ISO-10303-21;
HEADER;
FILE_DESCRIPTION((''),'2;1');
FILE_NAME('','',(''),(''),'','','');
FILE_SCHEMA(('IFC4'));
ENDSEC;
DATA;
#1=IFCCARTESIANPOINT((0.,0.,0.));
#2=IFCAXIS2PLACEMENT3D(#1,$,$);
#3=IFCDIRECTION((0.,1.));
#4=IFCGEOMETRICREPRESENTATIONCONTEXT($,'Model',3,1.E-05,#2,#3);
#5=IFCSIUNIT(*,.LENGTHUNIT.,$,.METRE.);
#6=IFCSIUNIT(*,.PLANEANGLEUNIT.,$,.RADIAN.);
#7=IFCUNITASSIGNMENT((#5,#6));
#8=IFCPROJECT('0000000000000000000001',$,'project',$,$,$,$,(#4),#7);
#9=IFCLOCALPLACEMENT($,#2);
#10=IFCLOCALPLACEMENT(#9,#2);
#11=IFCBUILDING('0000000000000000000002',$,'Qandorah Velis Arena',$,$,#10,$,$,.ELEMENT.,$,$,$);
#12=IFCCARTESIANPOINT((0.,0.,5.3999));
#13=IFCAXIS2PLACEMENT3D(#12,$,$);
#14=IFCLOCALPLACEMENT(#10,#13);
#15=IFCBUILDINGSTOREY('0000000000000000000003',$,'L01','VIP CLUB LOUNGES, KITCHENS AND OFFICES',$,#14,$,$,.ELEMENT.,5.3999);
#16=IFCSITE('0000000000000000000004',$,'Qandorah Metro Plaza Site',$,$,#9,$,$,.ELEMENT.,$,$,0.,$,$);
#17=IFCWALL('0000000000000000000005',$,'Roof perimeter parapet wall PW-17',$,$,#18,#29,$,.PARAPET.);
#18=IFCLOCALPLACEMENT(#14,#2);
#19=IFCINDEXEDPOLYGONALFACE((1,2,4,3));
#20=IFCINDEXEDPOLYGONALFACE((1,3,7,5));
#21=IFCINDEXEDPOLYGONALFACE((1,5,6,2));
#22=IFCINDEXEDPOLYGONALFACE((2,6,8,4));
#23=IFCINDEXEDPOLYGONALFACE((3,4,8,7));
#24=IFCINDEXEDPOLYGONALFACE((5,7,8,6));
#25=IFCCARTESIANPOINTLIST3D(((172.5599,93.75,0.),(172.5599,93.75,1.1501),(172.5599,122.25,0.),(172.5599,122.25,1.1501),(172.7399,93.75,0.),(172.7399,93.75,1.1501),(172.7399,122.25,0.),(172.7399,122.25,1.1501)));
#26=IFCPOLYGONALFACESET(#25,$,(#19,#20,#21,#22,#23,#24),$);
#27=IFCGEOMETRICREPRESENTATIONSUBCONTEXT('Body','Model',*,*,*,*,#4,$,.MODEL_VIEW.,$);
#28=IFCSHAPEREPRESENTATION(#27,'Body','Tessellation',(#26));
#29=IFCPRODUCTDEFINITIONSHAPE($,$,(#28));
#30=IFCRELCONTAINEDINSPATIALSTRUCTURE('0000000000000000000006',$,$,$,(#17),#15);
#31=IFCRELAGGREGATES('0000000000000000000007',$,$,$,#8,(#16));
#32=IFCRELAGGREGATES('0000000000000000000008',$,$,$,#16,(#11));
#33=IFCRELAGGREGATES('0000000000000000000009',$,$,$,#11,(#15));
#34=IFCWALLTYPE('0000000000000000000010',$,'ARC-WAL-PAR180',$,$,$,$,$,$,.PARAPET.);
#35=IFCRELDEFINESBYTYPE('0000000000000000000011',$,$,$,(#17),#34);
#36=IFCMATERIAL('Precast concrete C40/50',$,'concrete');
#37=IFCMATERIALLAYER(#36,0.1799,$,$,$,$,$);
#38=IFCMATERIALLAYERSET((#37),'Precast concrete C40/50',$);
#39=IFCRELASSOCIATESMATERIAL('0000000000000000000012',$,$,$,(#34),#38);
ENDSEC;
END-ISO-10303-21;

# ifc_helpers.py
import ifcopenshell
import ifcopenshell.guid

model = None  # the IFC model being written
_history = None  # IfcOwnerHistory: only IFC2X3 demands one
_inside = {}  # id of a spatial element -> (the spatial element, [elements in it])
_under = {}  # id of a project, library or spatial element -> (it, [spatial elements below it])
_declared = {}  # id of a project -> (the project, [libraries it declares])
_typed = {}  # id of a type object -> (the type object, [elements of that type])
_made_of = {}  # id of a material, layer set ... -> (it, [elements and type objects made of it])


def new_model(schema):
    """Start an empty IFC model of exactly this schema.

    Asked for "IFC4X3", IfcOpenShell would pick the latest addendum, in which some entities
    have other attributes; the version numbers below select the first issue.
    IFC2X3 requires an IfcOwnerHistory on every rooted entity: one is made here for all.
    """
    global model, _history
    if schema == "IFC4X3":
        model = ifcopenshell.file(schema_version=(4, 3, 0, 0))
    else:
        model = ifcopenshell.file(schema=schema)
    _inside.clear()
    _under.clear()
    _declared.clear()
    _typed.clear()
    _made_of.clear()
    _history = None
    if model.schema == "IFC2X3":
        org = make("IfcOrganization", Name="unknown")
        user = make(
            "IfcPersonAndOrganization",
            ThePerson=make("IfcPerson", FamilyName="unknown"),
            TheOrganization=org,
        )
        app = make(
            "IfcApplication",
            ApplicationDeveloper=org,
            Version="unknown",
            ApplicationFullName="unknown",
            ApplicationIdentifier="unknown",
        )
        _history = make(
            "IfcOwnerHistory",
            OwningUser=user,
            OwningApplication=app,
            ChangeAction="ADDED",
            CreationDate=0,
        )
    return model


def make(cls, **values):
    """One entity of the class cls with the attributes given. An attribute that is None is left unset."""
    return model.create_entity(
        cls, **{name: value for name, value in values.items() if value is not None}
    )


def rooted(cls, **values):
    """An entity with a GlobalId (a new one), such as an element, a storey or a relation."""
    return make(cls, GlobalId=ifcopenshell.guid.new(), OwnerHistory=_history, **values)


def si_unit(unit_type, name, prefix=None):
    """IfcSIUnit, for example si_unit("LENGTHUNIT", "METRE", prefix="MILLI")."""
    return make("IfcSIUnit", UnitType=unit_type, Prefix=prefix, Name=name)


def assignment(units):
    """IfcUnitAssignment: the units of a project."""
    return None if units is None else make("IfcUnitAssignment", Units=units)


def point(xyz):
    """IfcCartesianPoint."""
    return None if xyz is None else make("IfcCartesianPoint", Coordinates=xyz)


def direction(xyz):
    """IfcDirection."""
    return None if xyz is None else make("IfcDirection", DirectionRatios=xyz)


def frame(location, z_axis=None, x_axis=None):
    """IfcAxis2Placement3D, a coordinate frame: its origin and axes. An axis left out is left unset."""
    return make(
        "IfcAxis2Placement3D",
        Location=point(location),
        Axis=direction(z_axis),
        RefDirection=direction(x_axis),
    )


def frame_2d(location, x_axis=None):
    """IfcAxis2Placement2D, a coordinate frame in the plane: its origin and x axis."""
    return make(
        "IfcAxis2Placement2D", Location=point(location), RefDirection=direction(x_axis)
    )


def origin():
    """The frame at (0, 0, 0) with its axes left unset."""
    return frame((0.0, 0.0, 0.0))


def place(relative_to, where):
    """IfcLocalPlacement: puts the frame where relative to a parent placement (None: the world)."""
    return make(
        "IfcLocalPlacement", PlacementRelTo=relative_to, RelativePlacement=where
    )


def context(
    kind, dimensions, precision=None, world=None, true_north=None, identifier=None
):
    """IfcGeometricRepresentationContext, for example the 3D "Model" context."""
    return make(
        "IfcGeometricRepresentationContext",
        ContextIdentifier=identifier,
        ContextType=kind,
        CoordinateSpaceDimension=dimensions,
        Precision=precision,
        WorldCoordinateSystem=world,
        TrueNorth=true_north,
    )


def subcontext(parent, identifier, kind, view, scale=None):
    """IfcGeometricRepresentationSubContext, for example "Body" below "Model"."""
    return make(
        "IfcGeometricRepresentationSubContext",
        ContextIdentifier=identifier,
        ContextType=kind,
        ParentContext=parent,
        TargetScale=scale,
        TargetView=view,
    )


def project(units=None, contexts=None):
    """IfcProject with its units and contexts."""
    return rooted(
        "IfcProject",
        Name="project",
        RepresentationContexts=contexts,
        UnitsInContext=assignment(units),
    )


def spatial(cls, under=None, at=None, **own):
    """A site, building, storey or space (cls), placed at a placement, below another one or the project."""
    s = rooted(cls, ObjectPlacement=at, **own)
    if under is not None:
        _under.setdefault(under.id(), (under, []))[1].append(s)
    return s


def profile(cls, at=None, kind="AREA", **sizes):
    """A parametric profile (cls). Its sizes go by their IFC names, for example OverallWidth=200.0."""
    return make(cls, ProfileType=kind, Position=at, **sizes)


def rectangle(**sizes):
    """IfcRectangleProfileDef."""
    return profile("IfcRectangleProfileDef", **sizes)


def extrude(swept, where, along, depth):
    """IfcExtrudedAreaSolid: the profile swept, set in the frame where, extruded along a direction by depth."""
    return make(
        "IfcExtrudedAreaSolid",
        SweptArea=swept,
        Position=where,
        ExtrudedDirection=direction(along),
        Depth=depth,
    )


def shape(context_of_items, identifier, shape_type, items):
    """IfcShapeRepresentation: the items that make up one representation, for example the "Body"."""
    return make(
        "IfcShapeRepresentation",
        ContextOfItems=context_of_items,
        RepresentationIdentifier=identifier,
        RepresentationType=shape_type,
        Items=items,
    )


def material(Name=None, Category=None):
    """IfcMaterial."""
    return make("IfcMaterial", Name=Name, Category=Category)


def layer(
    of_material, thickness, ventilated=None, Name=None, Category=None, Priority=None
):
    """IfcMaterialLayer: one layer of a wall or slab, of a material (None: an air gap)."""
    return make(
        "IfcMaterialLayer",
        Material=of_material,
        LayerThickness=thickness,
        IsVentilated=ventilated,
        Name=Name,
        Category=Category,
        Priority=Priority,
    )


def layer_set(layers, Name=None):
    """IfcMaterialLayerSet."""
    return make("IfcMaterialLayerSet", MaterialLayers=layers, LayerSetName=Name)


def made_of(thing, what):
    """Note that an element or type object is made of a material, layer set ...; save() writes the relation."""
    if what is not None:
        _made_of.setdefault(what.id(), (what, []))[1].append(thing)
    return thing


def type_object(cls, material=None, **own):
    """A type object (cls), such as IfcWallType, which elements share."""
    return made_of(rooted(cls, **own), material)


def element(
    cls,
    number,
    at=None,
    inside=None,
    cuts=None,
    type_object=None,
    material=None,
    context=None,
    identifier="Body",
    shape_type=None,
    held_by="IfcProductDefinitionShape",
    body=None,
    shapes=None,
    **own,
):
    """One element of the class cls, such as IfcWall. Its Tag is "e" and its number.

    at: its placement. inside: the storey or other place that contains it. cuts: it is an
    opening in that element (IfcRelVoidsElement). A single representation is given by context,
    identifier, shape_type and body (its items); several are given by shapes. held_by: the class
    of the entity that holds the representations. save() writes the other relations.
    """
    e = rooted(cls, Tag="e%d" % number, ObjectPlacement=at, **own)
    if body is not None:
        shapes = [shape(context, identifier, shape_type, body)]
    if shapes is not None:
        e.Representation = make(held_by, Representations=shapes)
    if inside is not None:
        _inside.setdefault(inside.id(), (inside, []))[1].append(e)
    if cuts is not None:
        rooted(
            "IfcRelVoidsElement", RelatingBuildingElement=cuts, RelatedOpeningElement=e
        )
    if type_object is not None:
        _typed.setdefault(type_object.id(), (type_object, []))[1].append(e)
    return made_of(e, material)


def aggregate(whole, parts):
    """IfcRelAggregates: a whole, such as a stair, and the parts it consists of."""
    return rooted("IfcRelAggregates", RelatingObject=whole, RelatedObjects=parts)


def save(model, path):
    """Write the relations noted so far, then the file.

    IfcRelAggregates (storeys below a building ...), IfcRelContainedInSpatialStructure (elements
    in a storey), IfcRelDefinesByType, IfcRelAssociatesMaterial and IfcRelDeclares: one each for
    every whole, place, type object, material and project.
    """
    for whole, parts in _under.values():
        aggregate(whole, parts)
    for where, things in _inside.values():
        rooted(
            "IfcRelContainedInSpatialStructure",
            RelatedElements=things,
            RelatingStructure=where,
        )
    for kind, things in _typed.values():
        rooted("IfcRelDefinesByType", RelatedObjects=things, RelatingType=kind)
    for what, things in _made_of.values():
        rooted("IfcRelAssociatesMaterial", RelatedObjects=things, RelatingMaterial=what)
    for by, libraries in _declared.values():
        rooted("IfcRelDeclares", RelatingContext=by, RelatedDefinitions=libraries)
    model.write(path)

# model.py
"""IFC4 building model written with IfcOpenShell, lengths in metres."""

from ifc_helpers import new_model, si_unit, direction, frame, frame_2d, origin, place, context, subcontext, project, spatial, rectangle, extrude, material, layer, layer_set, type_object, element, save


model = new_model("IFC4")

# Units and contexts
model_context = context("Model", 3, precision=1e-05, world=origin(), true_north=direction((0.0, 1.0)))
body_context = subcontext(model_context, "Body", "Model", "MODEL_VIEW")
ifc_project = project(units=[si_unit("LENGTHUNIT", "METRE"), si_unit("PLANEANGLEUNIT", "RADIAN")], contexts=[model_context])

# Site, building, storey
site_placement = place(None, origin())
site = spatial("IfcSite", under=ifc_project, at=site_placement, Name="Qandorah Metro Plaza Site", CompositionType="ELEMENT", RefElevation=0.0)
building_placement = place(site_placement, origin())
building = spatial("IfcBuilding", under=site, at=building_placement, Name="Qandorah Velis Arena", CompositionType="ELEMENT")
storey_placement = place(building_placement, frame((0.0, 0.0, 5.3999)))
storey = spatial("IfcBuildingStorey", under=building, at=storey_placement, Name="L01", Description="VIP CLUB LOUNGES, KITCHENS AND OFFICES", CompositionType="ELEMENT", Elevation=5.3999)

# Wall
ifc_material_1 = material(Name="Precast concrete C40/50", Category="concrete")
ifc_layer_1 = layer(ifc_material_1, 0.1799)
ifc_layer_set_1 = layer_set([ifc_layer_1], Name="Precast concrete C40/50")
wall_type = type_object("IfcWallType", Name="ARC-WAL-PAR180", PredefinedType="PARAPET", material=ifc_layer_set_1)
wall_placement = place(storey_placement, frame((172.6499, 93.75, 0.0), z_axis=(0.0, 0.0, 1.0), x_axis=(0.0, 1.0, 0.0)))
element("IfcWall", 1, at=wall_placement, inside=storey, type_object=wall_type, Name="Roof perimeter parapet wall PW-17", PredefinedType="PARAPET", context=body_context, shape_type="SweptSolid", body=[
    extrude(rectangle(XDim=28.5, YDim=0.1799, at=frame_2d((14.25, 0.0))), origin(), (0.0, 0.0, 1.0), 1.1501),
])

save(model, "model.ifc")
